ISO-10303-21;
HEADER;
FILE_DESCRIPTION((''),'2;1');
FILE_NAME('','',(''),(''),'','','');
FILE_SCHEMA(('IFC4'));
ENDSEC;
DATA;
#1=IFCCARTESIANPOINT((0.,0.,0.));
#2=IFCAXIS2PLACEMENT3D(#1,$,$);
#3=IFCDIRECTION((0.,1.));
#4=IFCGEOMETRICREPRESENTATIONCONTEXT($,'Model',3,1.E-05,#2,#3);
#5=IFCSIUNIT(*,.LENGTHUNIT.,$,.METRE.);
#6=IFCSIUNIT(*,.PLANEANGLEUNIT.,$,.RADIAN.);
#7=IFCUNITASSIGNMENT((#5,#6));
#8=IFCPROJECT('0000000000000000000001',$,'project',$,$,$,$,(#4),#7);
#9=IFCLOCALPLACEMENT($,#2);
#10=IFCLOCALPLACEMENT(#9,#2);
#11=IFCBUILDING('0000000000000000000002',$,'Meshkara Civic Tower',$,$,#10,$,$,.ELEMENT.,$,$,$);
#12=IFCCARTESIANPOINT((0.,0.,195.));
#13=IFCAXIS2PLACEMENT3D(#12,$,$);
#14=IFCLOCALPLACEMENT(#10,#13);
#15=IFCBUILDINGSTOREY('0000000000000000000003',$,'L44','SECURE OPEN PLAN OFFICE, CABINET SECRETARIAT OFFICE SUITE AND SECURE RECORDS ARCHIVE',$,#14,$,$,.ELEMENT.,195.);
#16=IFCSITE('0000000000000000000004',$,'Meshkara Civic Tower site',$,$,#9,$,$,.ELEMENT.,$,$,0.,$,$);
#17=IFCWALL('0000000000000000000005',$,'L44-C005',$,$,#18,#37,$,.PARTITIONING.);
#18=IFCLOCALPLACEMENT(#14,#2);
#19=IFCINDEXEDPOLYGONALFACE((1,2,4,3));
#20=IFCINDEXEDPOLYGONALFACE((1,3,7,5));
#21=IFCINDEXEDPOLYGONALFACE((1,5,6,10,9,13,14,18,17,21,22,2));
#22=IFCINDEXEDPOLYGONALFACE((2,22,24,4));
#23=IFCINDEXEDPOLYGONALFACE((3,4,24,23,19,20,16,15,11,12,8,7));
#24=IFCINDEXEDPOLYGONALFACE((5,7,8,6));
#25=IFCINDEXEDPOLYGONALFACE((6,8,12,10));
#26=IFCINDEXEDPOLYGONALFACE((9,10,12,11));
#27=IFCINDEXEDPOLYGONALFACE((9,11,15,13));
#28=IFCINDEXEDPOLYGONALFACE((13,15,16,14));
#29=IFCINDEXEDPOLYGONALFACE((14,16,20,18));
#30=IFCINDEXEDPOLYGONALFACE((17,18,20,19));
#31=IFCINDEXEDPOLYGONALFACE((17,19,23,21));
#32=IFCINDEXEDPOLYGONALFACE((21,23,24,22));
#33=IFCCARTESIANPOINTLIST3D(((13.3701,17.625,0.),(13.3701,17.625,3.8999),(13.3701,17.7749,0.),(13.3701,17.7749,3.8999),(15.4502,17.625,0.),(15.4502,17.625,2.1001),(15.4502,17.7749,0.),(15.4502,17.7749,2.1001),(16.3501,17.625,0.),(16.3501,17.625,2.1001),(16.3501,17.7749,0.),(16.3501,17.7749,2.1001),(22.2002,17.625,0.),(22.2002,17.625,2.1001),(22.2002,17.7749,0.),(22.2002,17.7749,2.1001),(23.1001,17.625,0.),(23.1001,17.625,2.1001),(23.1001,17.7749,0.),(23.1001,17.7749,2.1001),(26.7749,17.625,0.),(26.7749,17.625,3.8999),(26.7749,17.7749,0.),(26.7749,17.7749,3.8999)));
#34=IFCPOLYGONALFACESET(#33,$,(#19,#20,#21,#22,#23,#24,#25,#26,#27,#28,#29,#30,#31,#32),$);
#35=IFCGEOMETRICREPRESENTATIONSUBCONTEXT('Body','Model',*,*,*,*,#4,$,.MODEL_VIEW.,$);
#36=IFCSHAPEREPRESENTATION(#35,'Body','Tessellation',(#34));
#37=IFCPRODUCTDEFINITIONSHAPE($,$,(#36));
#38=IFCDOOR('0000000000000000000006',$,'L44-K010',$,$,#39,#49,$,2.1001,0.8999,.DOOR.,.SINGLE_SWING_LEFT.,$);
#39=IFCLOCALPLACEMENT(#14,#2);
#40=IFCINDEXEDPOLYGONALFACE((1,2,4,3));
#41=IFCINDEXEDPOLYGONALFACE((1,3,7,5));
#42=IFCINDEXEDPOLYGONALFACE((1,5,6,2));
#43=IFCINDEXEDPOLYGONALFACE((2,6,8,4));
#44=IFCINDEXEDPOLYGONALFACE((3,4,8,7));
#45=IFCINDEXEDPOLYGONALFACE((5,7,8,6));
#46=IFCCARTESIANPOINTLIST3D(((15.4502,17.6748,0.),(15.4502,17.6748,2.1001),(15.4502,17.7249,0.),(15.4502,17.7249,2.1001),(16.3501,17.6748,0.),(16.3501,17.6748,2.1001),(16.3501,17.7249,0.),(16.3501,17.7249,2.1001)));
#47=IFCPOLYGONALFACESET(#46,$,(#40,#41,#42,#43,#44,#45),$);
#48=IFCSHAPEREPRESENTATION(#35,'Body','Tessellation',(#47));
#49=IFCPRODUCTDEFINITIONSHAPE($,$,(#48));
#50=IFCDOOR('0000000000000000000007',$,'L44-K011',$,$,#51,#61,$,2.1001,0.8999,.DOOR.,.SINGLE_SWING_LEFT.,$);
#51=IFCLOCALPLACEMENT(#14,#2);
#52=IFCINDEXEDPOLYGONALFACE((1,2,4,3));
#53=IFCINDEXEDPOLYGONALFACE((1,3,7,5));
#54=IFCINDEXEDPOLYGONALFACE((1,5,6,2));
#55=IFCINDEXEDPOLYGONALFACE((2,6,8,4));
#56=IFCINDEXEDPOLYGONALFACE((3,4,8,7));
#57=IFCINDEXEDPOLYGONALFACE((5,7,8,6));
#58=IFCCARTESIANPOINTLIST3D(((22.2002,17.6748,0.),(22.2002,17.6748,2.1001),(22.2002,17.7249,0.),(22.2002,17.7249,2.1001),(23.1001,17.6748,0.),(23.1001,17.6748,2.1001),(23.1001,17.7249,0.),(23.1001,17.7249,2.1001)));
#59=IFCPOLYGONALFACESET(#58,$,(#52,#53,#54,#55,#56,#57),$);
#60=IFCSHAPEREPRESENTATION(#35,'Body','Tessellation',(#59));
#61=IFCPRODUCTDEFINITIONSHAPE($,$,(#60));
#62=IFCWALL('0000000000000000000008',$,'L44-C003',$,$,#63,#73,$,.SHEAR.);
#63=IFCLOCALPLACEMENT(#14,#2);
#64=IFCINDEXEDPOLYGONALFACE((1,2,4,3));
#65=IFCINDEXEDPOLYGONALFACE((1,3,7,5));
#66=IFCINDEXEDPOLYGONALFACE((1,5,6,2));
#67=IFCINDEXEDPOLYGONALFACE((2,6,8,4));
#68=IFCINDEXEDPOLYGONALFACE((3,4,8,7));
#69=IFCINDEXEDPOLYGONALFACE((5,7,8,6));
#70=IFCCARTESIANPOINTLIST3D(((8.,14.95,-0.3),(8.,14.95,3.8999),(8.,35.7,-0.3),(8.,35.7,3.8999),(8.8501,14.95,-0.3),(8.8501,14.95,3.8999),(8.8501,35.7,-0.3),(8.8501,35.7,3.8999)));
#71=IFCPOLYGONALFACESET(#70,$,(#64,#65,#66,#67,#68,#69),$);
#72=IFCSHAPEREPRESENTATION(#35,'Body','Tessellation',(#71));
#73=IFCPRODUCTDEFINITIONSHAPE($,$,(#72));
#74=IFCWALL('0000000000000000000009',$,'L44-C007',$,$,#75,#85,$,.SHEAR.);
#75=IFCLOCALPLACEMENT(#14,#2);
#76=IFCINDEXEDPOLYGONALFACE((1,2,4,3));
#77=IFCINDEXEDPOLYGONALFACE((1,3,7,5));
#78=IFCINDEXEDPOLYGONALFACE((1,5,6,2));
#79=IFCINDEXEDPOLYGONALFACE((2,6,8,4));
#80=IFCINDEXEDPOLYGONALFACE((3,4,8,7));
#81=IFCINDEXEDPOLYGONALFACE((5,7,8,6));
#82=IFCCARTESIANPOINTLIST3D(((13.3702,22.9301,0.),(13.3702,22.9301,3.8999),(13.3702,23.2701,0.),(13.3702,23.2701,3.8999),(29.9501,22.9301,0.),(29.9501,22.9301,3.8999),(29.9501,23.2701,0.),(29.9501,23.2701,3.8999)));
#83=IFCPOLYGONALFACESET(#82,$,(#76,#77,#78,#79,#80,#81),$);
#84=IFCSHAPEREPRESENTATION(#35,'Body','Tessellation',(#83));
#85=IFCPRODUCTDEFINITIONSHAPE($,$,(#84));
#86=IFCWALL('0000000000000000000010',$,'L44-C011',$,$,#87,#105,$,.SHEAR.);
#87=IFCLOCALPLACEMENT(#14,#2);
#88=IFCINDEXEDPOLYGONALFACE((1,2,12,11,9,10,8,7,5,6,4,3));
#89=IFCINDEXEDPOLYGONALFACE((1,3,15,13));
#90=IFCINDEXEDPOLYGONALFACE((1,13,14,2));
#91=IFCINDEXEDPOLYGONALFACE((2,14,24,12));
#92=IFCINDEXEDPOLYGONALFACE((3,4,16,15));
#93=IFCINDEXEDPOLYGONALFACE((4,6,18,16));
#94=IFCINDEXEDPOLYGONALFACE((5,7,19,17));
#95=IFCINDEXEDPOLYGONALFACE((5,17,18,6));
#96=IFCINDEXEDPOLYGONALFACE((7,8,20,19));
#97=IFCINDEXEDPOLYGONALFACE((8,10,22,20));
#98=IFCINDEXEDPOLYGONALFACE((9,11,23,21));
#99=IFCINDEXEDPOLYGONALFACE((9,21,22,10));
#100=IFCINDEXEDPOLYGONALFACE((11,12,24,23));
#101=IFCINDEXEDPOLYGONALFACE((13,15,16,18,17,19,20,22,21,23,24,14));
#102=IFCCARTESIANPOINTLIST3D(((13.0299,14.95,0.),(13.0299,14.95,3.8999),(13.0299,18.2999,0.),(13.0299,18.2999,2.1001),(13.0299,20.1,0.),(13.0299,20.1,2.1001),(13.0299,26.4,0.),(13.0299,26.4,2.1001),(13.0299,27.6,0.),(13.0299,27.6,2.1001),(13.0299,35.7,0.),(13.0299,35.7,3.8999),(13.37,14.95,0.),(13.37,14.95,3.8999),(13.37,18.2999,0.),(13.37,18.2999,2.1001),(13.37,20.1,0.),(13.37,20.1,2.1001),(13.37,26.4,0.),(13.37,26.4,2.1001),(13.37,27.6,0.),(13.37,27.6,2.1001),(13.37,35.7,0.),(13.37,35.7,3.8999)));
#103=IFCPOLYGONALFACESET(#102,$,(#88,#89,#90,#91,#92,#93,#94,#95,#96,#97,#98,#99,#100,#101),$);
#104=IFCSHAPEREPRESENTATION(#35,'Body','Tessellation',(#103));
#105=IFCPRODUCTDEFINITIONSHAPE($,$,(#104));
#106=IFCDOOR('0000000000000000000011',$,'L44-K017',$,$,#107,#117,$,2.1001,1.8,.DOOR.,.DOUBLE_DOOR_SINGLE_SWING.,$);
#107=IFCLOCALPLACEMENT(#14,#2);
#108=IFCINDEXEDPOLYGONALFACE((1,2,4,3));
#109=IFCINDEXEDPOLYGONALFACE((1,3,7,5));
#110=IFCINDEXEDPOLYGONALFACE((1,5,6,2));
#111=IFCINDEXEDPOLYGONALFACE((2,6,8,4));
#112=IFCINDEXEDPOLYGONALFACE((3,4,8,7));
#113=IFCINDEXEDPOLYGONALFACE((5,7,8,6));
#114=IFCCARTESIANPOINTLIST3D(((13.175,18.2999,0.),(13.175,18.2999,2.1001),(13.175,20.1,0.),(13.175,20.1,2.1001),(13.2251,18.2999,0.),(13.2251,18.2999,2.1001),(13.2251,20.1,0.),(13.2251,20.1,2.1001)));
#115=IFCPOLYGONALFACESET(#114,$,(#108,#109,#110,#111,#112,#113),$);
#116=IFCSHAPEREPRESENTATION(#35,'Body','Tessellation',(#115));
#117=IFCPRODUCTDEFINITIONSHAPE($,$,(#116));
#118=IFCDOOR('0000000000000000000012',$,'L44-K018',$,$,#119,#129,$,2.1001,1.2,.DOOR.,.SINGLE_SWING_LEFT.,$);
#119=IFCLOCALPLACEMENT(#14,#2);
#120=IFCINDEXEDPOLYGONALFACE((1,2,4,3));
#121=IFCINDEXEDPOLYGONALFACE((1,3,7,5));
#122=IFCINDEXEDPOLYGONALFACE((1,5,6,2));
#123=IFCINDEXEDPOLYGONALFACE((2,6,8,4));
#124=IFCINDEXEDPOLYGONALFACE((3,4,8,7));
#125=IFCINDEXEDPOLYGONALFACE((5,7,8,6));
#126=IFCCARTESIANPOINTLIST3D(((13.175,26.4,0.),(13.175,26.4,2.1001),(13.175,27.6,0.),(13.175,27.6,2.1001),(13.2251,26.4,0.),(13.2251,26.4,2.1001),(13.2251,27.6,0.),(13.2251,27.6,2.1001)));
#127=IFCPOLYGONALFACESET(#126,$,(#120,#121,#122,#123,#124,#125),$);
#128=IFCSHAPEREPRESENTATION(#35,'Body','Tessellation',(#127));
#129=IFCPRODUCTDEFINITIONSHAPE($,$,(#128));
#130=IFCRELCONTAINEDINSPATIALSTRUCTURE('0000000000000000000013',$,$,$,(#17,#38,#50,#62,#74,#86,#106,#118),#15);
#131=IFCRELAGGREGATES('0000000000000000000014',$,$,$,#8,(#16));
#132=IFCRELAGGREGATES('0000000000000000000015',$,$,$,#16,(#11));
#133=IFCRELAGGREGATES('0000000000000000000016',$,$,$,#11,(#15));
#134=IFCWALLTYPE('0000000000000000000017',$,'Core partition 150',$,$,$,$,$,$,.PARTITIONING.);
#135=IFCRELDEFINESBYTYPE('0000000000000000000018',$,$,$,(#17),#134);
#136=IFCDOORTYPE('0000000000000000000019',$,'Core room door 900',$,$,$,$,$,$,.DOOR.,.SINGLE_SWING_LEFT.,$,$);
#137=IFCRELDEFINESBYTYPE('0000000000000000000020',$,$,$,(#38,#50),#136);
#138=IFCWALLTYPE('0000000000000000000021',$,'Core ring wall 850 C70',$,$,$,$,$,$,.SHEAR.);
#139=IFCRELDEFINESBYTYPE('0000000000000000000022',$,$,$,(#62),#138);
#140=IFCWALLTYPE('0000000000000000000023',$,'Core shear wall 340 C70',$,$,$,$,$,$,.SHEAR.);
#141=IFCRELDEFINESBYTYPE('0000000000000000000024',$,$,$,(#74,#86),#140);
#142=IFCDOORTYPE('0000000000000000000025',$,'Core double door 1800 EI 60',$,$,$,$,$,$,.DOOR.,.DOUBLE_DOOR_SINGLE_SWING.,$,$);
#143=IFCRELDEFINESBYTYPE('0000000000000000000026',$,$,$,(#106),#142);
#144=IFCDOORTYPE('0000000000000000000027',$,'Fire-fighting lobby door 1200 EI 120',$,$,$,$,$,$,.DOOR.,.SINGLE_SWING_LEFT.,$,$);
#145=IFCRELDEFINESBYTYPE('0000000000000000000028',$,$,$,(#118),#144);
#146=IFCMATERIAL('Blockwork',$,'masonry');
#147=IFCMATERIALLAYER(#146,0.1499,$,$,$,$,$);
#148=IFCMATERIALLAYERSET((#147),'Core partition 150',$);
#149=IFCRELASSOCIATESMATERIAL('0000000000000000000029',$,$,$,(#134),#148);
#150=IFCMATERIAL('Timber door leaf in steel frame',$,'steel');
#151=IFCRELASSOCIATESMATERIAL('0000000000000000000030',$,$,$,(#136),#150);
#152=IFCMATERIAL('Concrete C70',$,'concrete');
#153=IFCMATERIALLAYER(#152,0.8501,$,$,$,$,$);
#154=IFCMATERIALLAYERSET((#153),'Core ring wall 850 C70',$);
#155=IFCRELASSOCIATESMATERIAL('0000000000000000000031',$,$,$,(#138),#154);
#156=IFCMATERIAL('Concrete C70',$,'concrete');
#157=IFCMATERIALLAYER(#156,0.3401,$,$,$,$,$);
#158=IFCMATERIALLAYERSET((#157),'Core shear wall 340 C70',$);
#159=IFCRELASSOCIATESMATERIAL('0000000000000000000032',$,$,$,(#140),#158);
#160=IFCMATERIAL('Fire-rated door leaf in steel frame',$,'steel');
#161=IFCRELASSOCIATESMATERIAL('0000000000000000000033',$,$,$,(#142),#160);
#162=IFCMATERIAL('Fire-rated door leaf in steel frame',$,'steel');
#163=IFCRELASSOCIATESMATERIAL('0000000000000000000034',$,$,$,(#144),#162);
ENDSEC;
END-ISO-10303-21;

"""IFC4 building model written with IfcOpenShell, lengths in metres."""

from ifc_helpers import new_model, si_unit, direction, frame, frame_2d, origin, place, context, subcontext, project, spatial, rectangle, extrude, material, layer, layer_set, type_object, element, fill, save


model = new_model("IFC4")

# Units and contexts
model_context = context("Model", 3, precision=1e-05, world=origin(), true_north=direction((0.0, 1.0)))
body_context = subcontext(model_context, "Body", "Model", "MODEL_VIEW")
ifc_project = project(units=[si_unit("LENGTHUNIT", "METRE"), si_unit("PLANEANGLEUNIT", "RADIAN")], contexts=[model_context])

# Site, building, storey
site_placement = place(None, origin())
site = spatial("IfcSite", under=ifc_project, at=site_placement, Name="Meshkara Civic Tower site", CompositionType="ELEMENT", RefElevation=0.0)
building_placement = place(site_placement, origin())
building = spatial("IfcBuilding", under=site, at=building_placement, Name="Meshkara Civic Tower", CompositionType="ELEMENT")
storey_placement = place(building_placement, frame((0.0, 0.0, 195.0)))
storey = spatial("IfcBuildingStorey", under=building, at=storey_placement, Name="L44", Description="SECURE OPEN PLAN OFFICE, CABINET SECRETARIAT OFFICE SUITE AND SECURE RECORDS ARCHIVE", CompositionType="ELEMENT", Elevation=195.0)

# Wall, openings, doors
ifc_material_1 = material(Name="Blockwork", Category="masonry")
ifc_layer_1 = layer(ifc_material_1, 0.1499)
ifc_layer_set_1 = layer_set([ifc_layer_1], Name="Core partition 150")
wall_type_1 = type_object("IfcWallType", Name="Core partition 150", PredefinedType="PARTITIONING", material=ifc_layer_set_1)
wall_1_placement = place(storey_placement, frame((13.3701, 17.7, 0.0), z_axis=(0.0, 0.0, 1.0), x_axis=(1.0, 0.0, 0.0)))
wall_1 = element("IfcWall", 1, at=wall_1_placement, inside=storey, type_object=wall_type_1, Name="L44-C005", PredefinedType="PARTITIONING", context=body_context, shape_type="SweptSolid", body=[
    extrude(rectangle(XDim=13.4048, YDim=0.1499, at=frame_2d((6.7024, 0.0))), origin(), (0.0, 0.0, 1.0), 3.8999),
])
opening_1_placement = place(wall_1_placement, frame((2.0801, 0.0, 0.0)))
opening_1 = element("IfcOpeningElement", 2, at=opening_1_placement, cuts=wall_1, PredefinedType="OPENING", context=body_context, shape_type="SweptSolid", body=[
    extrude(rectangle(XDim=0.8999, YDim=2.1001, at=frame_2d((0.45, 1.05))), frame((0.0, 0.085, 0.0), z_axis=(0.0, -1.0, 0.0), x_axis=(1.0, 0.0, 0.0)), (0.0, 0.0, 1.0), 0.1699),
])
opening_2_placement = place(wall_1_placement, frame((8.8301, 0.0, 0.0)))
opening_2 = element("IfcOpeningElement", 3, at=opening_2_placement, cuts=wall_1, PredefinedType="OPENING", context=body_context, shape_type="SweptSolid", body=[
    extrude(rectangle(XDim=0.8999, YDim=2.1001, at=frame_2d((0.45, 1.05))), frame((0.0, 0.085, 0.0), z_axis=(0.0, -1.0, 0.0), x_axis=(1.0, 0.0, 0.0)), (0.0, 0.0, 1.0), 0.1699),
])
ifc_material_2 = material(Name="Timber door leaf in steel frame", Category="steel")
door_type_1 = type_object("IfcDoorType", Name="Core room door 900", OperationType="SINGLE_SWING_LEFT", PredefinedType="DOOR", material=ifc_material_2)
door_1_placement = place(opening_1_placement, origin())
door_1 = element("IfcDoor", 4, at=door_1_placement, inside=storey, type_object=door_type_1, Name="L44-K010", OperationType="SINGLE_SWING_LEFT", OverallHeight=2.1001, OverallWidth=0.8999, PredefinedType="DOOR", context=body_context, shape_type="SweptSolid", body=[
    extrude(rectangle(XDim=0.8999, YDim=2.1001, at=frame_2d((0.45, 1.05))), frame((0.0, 0.0249, 0.0), z_axis=(0.0, -1.0, 0.0), x_axis=(1.0, 0.0, 0.0)), (0.0, 0.0, 1.0), 0.05),
])
fill(opening_1, door_1)
door_2_placement = place(opening_2_placement, origin())
door_2 = element("IfcDoor", 5, at=door_2_placement, inside=storey, type_object=door_type_1, Name="L44-K011", OperationType="SINGLE_SWING_LEFT", OverallHeight=2.1001, OverallWidth=0.8999, PredefinedType="DOOR", context=body_context, shape_type="SweptSolid", body=[
    extrude(rectangle(XDim=0.8999, YDim=2.1001, at=frame_2d((0.45, 1.05))), frame((0.0, 0.0249, 0.0), z_axis=(0.0, -1.0, 0.0), x_axis=(1.0, 0.0, 0.0)), (0.0, 0.0, 1.0), 0.05),
])
fill(opening_2, door_2)

# Walls
ifc_material_3 = material(Name="Concrete C70", Category="concrete")
ifc_layer_2 = layer(ifc_material_3, 0.8501)
ifc_layer_set_2 = layer_set([ifc_layer_2], Name="Core ring wall 850 C70")
wall_type_2 = type_object("IfcWallType", Name="Core ring wall 850 C70", PredefinedType="SHEAR", material=ifc_layer_set_2)
wall_2_placement = place(storey_placement, frame((8.425, 14.95, -0.3), z_axis=(0.0, 0.0, 1.0), x_axis=(0.0, 1.0, 0.0)))
element("IfcWall", 6, at=wall_2_placement, inside=storey, type_object=wall_type_2, Name="L44-C003", PredefinedType="SHEAR", context=body_context, shape_type="SweptSolid", body=[
    extrude(rectangle(XDim=20.75, YDim=0.8501, at=frame_2d((10.375, 0.0))), origin(), (0.0, 0.0, 1.0), 4.2),
])
ifc_material_4 = material(Name="Concrete C70", Category="concrete")
ifc_layer_3 = layer(ifc_material_4, 0.3401)
ifc_layer_set_3 = layer_set([ifc_layer_3], Name="Core shear wall 340 C70")
wall_type_3 = type_object("IfcWallType", Name="Core shear wall 340 C70", PredefinedType="SHEAR", material=ifc_layer_set_3)
wall_3_placement = place(storey_placement, frame((13.3701, 23.1001, 0.0), z_axis=(0.0, 0.0, 1.0), x_axis=(1.0, 0.0, 0.0)))
element("IfcWall", 7, at=wall_3_placement, inside=storey, type_object=wall_type_3, Name="L44-C007", PredefinedType="SHEAR", context=body_context, shape_type="SweptSolid", body=[
    extrude(rectangle(XDim=16.5798, YDim=0.3401, at=frame_2d((8.29, 0.0))), origin(), (0.0, 0.0, 1.0), 3.8999),
])

# Wall, openings, doors
wall_4_placement = place(storey_placement, frame((13.2, 14.95, 0.0), z_axis=(0.0, 0.0, 1.0), x_axis=(0.0, 1.0, 0.0)))
wall_4 = element("IfcWall", 8, at=wall_4_placement, inside=storey, type_object=wall_type_3, Name="L44-C011", PredefinedType="SHEAR", context=body_context, shape_type="SweptSolid", body=[
    extrude(rectangle(XDim=20.75, YDim=0.3401, at=frame_2d((10.375, 0.0))), origin(), (0.0, 0.0, 1.0), 3.8999),
])
opening_3_placement = place(wall_4_placement, frame((3.3501, 0.0, 0.0)))
opening_3 = element("IfcOpeningElement", 9, at=opening_3_placement, cuts=wall_4, PredefinedType="OPENING", context=body_context, shape_type="SweptSolid", body=[
    extrude(rectangle(XDim=1.8, YDim=2.1001, at=frame_2d((0.8999, 1.05))), frame((0.0, 0.1799, 0.0), z_axis=(0.0, -1.0, 0.0), x_axis=(1.0, 0.0, 0.0)), (0.0, 0.0, 1.0), 0.3601),
])
opening_4_placement = place(wall_4_placement, frame((11.45, 0.0, 0.0)))
opening_4 = element("IfcOpeningElement", 10, at=opening_4_placement, cuts=wall_4, PredefinedType="OPENING", context=body_context, shape_type="SweptSolid", body=[
    extrude(rectangle(XDim=1.2, YDim=2.1001, at=frame_2d((0.6001, 1.05))), frame((0.0, 0.1799, 0.0), z_axis=(0.0, -1.0, 0.0), x_axis=(1.0, 0.0, 0.0)), (0.0, 0.0, 1.0), 0.3601),
])
ifc_material_5 = material(Name="Fire-rated door leaf in steel frame", Category="steel")
door_type_2 = type_object("IfcDoorType", Name="Core double door 1800 EI 60", OperationType="DOUBLE_DOOR_SINGLE_SWING", PredefinedType="DOOR", material=ifc_material_5)
door_3_placement = place(opening_3_placement, origin())
door_3 = element("IfcDoor", 11, at=door_3_placement, inside=storey, type_object=door_type_2, Name="L44-K017", OperationType="DOUBLE_DOOR_SINGLE_SWING", OverallHeight=2.1001, OverallWidth=1.8, PredefinedType="DOOR", context=body_context, shape_type="SweptSolid", body=[
    extrude(rectangle(XDim=1.8, YDim=2.1001, at=frame_2d((0.8999, 1.05))), frame((0.0, 0.0249, 0.0), z_axis=(0.0, -1.0, 0.0), x_axis=(1.0, 0.0, 0.0)), (0.0, 0.0, 1.0), 0.05),
])
fill(opening_3, door_3)
ifc_material_6 = material(Name="Fire-rated door leaf in steel frame", Category="steel")
door_type_3 = type_object("IfcDoorType", Name="Fire-fighting lobby door 1200 EI 120", OperationType="SINGLE_SWING_LEFT", PredefinedType="DOOR", material=ifc_material_6)
door_4_placement = place(opening_4_placement, origin())
door_4 = element("IfcDoor", 12, at=door_4_placement, inside=storey, type_object=door_type_3, Name="L44-K018", OperationType="SINGLE_SWING_LEFT", OverallHeight=2.1001, OverallWidth=1.2, PredefinedType="DOOR", context=body_context, shape_type="SweptSolid", body=[
    extrude(rectangle(XDim=1.2, YDim=2.1001, at=frame_2d((0.6001, 1.05))), frame((0.0, 0.0249, 0.0), z_axis=(0.0, -1.0, 0.0), x_axis=(1.0, 0.0, 0.0)), (0.0, 0.0, 1.0), 0.05),
])
fill(opening_4, door_4)

save(model, "model.ifc")
